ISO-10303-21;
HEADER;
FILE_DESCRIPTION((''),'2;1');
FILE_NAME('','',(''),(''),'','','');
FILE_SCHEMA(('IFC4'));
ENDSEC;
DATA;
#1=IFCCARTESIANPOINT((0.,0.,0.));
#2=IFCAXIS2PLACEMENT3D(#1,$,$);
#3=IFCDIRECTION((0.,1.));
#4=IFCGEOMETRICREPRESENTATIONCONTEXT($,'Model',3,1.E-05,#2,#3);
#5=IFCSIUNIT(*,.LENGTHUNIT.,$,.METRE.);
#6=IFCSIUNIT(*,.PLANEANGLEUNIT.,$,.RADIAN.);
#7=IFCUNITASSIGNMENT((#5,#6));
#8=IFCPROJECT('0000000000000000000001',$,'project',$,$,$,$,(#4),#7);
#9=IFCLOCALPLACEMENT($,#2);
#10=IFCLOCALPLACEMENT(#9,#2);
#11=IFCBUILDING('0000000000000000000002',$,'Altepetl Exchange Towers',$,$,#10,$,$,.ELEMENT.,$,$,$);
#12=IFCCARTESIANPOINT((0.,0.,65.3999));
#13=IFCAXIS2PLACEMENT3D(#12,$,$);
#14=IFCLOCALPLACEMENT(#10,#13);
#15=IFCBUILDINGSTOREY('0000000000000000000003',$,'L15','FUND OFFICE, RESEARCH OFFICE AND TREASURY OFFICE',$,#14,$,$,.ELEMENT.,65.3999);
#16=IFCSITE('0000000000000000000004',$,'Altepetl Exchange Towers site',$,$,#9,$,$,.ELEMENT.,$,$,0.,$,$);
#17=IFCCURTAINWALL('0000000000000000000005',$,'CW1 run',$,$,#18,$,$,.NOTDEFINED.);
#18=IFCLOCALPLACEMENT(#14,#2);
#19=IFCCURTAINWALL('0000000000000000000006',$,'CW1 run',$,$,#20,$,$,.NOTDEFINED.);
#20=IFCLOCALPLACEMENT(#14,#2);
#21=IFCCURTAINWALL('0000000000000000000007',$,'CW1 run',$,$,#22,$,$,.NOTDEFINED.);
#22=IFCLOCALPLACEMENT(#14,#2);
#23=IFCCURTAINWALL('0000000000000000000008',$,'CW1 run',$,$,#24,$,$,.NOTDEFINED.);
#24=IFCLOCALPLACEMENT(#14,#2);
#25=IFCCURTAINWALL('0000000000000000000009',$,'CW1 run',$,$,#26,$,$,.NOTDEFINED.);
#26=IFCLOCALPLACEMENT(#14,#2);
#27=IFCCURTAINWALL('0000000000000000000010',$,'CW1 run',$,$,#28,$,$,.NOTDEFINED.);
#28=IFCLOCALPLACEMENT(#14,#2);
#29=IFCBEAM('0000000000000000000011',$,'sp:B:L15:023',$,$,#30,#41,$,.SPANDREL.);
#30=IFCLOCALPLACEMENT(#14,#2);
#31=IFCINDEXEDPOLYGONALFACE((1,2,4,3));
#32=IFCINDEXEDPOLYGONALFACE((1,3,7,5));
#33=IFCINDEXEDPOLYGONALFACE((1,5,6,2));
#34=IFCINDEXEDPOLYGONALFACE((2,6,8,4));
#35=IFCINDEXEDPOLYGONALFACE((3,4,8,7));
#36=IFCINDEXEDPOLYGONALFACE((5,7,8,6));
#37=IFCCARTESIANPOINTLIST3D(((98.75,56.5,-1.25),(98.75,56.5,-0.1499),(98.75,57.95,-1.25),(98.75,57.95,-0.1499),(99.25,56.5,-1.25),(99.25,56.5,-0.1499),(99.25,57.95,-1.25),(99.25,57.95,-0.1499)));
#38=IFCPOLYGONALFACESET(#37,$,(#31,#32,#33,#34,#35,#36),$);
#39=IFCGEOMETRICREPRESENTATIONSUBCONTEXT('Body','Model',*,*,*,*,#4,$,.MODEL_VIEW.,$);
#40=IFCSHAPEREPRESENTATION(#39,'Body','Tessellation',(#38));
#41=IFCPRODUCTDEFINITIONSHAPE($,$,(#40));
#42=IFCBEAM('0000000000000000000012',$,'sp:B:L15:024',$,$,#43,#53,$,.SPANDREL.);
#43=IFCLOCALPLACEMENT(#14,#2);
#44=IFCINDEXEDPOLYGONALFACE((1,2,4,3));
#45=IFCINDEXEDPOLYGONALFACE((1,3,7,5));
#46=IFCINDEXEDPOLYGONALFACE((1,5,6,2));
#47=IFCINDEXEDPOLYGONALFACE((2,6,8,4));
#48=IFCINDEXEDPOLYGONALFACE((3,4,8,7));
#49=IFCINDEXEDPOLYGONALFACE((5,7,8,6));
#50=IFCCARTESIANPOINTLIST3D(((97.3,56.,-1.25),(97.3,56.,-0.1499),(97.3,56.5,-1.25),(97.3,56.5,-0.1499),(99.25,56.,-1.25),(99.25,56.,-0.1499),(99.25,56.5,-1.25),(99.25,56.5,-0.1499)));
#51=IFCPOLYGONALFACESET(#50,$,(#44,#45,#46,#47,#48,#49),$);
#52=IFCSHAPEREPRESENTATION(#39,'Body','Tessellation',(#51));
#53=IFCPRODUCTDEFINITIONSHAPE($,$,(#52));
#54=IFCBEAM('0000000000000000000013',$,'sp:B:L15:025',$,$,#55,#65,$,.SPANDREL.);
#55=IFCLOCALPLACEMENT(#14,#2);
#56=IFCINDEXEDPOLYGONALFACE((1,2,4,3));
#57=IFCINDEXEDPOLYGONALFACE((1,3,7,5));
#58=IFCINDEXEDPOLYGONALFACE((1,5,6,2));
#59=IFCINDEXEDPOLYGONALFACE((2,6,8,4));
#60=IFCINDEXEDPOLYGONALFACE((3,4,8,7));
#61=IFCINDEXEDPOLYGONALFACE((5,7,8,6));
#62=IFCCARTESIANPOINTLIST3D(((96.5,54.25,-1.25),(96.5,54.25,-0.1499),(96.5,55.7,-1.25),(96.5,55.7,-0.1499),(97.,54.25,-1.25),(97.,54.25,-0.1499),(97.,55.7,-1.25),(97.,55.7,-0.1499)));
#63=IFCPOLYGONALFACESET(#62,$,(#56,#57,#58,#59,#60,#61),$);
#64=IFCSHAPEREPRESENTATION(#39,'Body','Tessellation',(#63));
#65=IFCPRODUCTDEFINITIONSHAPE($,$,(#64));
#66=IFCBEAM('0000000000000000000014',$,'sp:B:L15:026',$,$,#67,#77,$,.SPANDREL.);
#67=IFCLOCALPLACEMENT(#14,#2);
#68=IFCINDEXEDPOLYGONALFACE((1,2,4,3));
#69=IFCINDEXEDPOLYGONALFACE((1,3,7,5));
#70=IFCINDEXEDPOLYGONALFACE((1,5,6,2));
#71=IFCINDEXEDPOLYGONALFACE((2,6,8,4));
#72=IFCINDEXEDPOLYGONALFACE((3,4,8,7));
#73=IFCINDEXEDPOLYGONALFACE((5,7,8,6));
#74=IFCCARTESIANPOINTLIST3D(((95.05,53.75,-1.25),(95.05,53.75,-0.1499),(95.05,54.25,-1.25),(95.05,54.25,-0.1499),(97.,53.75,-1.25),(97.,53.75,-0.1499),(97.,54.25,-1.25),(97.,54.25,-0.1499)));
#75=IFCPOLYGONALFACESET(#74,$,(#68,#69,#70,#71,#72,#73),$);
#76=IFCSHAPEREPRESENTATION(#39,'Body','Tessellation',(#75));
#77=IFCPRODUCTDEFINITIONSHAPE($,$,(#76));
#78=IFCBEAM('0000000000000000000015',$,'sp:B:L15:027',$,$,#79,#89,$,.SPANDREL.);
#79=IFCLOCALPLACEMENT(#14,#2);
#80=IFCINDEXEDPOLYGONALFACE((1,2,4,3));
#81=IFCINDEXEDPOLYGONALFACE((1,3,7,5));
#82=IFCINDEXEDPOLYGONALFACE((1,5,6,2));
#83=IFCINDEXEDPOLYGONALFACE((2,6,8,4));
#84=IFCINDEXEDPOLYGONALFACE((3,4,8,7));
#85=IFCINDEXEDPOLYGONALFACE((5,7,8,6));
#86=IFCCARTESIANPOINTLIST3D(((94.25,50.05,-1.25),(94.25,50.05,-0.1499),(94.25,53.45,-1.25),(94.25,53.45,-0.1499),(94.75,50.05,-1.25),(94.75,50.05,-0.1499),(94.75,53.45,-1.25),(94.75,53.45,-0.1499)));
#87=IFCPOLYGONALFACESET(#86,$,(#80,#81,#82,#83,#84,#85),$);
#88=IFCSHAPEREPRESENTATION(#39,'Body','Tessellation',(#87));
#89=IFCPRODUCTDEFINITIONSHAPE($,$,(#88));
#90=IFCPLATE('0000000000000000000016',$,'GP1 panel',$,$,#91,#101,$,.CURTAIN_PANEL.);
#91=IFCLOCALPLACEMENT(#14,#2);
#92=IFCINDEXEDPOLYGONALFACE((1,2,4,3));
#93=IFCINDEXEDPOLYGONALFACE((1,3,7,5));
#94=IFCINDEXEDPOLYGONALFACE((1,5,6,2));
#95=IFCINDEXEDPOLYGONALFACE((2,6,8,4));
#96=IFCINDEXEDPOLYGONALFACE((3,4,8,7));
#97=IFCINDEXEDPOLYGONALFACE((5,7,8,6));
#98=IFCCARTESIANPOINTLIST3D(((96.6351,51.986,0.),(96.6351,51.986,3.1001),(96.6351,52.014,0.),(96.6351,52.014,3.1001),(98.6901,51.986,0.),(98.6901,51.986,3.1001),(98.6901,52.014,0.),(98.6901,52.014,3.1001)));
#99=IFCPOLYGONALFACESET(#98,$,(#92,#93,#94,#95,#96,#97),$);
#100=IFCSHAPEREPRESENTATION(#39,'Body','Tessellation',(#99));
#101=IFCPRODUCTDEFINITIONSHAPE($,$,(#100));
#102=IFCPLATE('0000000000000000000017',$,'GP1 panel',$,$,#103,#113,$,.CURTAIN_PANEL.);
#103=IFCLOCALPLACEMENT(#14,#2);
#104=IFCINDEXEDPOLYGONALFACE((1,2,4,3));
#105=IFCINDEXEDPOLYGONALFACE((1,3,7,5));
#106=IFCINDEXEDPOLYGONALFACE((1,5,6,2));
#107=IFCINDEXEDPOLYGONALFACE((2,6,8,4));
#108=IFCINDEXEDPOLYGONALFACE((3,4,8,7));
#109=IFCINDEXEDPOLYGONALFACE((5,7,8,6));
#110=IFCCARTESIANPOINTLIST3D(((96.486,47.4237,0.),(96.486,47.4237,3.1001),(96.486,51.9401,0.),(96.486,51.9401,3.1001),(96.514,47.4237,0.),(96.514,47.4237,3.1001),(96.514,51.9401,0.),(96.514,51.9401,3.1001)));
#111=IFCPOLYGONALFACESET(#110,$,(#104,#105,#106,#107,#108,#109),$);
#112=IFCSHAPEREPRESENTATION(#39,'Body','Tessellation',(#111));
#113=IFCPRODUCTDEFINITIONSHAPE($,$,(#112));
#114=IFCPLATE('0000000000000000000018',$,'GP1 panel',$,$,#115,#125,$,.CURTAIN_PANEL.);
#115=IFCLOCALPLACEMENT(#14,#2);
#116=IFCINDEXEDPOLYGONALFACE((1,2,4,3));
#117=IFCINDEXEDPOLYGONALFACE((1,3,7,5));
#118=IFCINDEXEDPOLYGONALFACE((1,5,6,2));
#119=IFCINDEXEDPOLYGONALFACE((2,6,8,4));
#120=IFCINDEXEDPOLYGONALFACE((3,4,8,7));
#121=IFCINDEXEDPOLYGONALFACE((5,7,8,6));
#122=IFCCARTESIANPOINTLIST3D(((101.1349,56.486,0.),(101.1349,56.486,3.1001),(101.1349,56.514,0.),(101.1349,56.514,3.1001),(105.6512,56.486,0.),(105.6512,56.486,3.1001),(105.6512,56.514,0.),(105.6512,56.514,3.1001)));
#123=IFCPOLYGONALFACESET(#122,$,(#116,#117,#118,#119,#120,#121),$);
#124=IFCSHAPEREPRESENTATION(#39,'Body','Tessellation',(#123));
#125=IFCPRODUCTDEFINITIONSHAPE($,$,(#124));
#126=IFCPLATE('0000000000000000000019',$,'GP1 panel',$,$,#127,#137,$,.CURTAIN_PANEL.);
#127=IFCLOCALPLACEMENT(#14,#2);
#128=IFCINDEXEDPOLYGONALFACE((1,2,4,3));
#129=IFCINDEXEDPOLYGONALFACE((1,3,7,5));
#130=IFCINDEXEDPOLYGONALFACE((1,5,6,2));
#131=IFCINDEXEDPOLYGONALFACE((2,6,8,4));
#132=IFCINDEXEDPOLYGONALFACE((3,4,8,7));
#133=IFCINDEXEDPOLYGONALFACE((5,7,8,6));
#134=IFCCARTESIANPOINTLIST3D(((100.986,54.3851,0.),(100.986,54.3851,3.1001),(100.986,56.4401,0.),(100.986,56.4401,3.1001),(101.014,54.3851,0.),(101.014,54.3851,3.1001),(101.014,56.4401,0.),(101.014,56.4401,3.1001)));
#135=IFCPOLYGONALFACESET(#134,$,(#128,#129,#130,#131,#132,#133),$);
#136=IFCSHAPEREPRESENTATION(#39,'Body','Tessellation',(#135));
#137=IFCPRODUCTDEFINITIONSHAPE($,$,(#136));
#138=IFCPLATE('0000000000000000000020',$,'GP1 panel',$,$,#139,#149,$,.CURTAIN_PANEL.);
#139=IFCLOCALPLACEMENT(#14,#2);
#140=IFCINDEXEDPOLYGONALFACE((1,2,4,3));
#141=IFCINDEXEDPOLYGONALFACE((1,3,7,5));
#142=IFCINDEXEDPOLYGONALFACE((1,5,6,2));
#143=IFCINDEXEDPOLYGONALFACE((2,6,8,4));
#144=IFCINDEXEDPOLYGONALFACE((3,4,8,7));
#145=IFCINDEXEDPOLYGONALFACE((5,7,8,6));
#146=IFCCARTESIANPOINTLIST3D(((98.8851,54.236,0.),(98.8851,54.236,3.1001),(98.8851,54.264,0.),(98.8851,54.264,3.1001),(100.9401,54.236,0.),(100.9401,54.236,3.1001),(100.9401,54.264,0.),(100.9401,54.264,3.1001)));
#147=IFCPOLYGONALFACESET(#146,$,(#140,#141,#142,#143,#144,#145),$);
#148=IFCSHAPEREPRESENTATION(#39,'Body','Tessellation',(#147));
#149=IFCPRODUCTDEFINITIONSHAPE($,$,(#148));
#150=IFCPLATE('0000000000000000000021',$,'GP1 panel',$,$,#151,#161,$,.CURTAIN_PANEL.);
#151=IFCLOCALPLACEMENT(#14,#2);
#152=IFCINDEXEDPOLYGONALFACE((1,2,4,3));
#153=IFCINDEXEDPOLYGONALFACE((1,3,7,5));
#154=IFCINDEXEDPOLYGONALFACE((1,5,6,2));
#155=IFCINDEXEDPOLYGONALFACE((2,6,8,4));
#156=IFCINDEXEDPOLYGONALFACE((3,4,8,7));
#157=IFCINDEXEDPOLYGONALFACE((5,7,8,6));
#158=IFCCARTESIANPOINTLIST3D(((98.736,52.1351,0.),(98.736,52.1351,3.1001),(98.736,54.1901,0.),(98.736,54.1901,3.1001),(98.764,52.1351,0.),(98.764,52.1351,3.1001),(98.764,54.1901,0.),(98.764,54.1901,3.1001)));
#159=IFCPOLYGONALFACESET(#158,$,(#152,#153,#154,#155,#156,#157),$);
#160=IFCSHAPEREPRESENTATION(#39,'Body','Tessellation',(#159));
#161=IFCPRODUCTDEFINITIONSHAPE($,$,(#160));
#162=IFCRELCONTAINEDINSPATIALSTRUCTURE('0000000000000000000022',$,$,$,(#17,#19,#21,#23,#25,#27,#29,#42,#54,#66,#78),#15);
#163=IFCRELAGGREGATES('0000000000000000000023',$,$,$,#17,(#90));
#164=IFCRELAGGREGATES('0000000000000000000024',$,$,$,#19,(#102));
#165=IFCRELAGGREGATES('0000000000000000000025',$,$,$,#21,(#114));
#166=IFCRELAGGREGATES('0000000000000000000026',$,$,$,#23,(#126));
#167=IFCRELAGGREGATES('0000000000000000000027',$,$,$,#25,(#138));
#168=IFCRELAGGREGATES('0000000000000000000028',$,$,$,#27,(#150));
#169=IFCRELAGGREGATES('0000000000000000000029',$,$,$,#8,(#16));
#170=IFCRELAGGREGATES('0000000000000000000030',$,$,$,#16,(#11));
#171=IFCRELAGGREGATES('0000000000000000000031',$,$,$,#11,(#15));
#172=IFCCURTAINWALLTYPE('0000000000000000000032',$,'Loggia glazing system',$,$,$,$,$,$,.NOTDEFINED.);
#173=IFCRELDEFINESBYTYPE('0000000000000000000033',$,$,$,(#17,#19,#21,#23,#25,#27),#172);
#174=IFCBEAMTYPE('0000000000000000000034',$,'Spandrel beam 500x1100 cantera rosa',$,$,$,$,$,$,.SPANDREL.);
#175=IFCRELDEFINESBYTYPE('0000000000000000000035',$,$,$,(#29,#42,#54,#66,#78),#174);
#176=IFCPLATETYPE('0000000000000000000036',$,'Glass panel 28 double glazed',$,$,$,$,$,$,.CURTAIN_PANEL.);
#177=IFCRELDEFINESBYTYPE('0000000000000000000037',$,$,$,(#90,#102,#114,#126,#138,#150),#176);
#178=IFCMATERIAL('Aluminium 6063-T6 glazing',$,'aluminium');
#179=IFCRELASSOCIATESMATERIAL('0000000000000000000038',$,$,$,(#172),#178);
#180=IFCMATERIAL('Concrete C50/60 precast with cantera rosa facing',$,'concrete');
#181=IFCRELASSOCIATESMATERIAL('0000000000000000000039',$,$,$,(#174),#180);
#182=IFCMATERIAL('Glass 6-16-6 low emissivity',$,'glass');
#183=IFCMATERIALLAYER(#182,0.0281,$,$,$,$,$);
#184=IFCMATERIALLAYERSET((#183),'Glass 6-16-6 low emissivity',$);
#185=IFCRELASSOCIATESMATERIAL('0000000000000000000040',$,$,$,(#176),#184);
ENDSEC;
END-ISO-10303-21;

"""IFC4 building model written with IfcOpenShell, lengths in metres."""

from ifc_helpers import new_model, si_unit, direction, frame, origin, origin_2d, place, context, subcontext, project, spatial, rectangle, extrude, material, layer, layer_set, material_profile, profile_set, type_object, element, aggregate, save


model = new_model("IFC4")

# Units and contexts
model_context = context("Model", 3, precision=1e-05, world=origin(), true_north=direction((0.0, 1.0)))
body_context = subcontext(model_context, "Body", "Model", "MODEL_VIEW")
ifc_project = project(units=[si_unit("LENGTHUNIT", "METRE"), si_unit("PLANEANGLEUNIT", "RADIAN")], contexts=[model_context])

# Site, building, storey
site_placement = place(None, origin())
site = spatial("IfcSite", under=ifc_project, at=site_placement, Name="Altepetl Exchange Towers site", CompositionType="ELEMENT", RefElevation=0.0)
building_placement = place(site_placement, origin())
building = spatial("IfcBuilding", under=site, at=building_placement, Name="Altepetl Exchange Towers", CompositionType="ELEMENT")
storey_placement = place(building_placement, frame((0.0, 0.0, 65.3999)))
storey = spatial("IfcBuildingStorey", under=building, at=storey_placement, Name="L15", Description="FUND OFFICE, RESEARCH OFFICE AND TREASURY OFFICE", CompositionType="ELEMENT", Elevation=65.3999)

# Curtain walls
ifc_material_1 = material(Name="Aluminium 6063-T6 glazing", Category="aluminium")
curtain_wall_type = type_object("IfcCurtainWallType", Name="Loggia glazing system", PredefinedType="NOTDEFINED", material=ifc_material_1)
curtain_wall_1_placement = place(storey_placement, origin())
curtain_wall_1 = element("IfcCurtainWall", 1, at=curtain_wall_1_placement, inside=storey, type_object=curtain_wall_type, Name="CW1 run", PredefinedType="NOTDEFINED")
curtain_wall_2_placement = place(storey_placement, origin())
curtain_wall_2 = element("IfcCurtainWall", 2, at=curtain_wall_2_placement, inside=storey, type_object=curtain_wall_type, Name="CW1 run", PredefinedType="NOTDEFINED")

# Curtain wall
curtain_wall_3_placement = place(storey_placement, origin())
curtain_wall_3 = element("IfcCurtainWall", 3, at=curtain_wall_3_placement, inside=storey, type_object=curtain_wall_type, Name="CW1 run", PredefinedType="NOTDEFINED")

# Curtain walls
curtain_wall_4_placement = place(storey_placement, origin())
curtain_wall_4 = element("IfcCurtainWall", 4, at=curtain_wall_4_placement, inside=storey, type_object=curtain_wall_type, Name="CW1 run", PredefinedType="NOTDEFINED")
curtain_wall_5_placement = place(storey_placement, origin())
curtain_wall_5 = element("IfcCurtainWall", 5, at=curtain_wall_5_placement, inside=storey, type_object=curtain_wall_type, Name="CW1 run", PredefinedType="NOTDEFINED")
curtain_wall_6_placement = place(storey_placement, origin())
curtain_wall_6 = element("IfcCurtainWall", 6, at=curtain_wall_6_placement, inside=storey, type_object=curtain_wall_type, Name="CW1 run", PredefinedType="NOTDEFINED")

# Beams
ifc_material_2 = material(Name="Concrete C50/60 precast with cantera rosa facing", Category="concrete")
ifc_material_profile_1 = material_profile(ifc_material_2, rectangle(XDim=0.5, YDim=1.1001, at=origin_2d()), Name="500 x 1100")
ifc_profile_set_1 = profile_set([ifc_material_profile_1], Name="Concrete C50/60 precast with cantera rosa facing")
beam_type_1 = type_object("IfcBeamType", Name="Spandrel beam 500x1100 cantera rosa", PredefinedType="SPANDREL", material=ifc_profile_set_1)
beam_1_placement = place(storey_placement, frame((99.0, 57.95, -0.7), z_axis=(0.0, -1.0, 0.0), x_axis=(1.0, 0.0, 0.0)))
element("IfcBeam", 7, at=beam_1_placement, inside=storey, type_object=beam_type_1, Name="sp:B:L15:023", PredefinedType="SPANDREL", context=body_context, shape_type="SweptSolid", body=[
    extrude(rectangle(XDim=0.5, YDim=1.1001, at=origin_2d()), origin(), (0.0, 0.0, 1.0), 1.45),
])
beam_2_placement = place(storey_placement, frame((99.25, 56.25, -0.7), z_axis=(-1.0, 0.0, 0.0), x_axis=(0.0, -1.0, 0.0)))
element("IfcBeam", 8, at=beam_2_placement, inside=storey, type_object=beam_type_1, Name="sp:B:L15:024", PredefinedType="SPANDREL", context=body_context, shape_type="SweptSolid", body=[
    extrude(rectangle(XDim=0.5, YDim=1.1001, at=origin_2d()), origin(), (0.0, 0.0, 1.0), 1.95),
])
beam_3_placement = place(storey_placement, frame((96.75, 55.7, -0.7), z_axis=(0.0, -1.0, 0.0), x_axis=(1.0, 0.0, 0.0)))
element("IfcBeam", 9, at=beam_3_placement, inside=storey, type_object=beam_type_1, Name="sp:B:L15:025", PredefinedType="SPANDREL", context=body_context, shape_type="SweptSolid", body=[
    extrude(rectangle(XDim=0.5, YDim=1.1001, at=origin_2d()), origin(), (0.0, 0.0, 1.0), 1.45),
])
beam_4_placement = place(storey_placement, frame((97.0, 54.0, -0.7), z_axis=(-1.0, 0.0, 0.0), x_axis=(0.0, -1.0, 0.0)))
element("IfcBeam", 10, at=beam_4_placement, inside=storey, type_object=beam_type_1, Name="sp:B:L15:026", PredefinedType="SPANDREL", context=body_context, shape_type="SweptSolid", body=[
    extrude(rectangle(XDim=0.5, YDim=1.1001, at=origin_2d()), origin(), (0.0, 0.0, 1.0), 1.95),
])
beam_5_placement = place(storey_placement, frame((94.5, 53.45, -0.7), z_axis=(0.0, -1.0, 0.0), x_axis=(1.0, 0.0, 0.0)))
element("IfcBeam", 11, at=beam_5_placement, inside=storey, type_object=beam_type_1, Name="sp:B:L15:027", PredefinedType="SPANDREL", context=body_context, shape_type="SweptSolid", body=[
    extrude(rectangle(XDim=0.5, YDim=1.1001, at=origin_2d()), origin(), (0.0, 0.0, 1.0), 3.3999),
])

# Plates
ifc_material_3 = material(Name="Glass 6-16-6 low emissivity", Category="glass")
ifc_layer_1 = layer(ifc_material_3, 0.0281)
ifc_layer_set_1 = layer_set([ifc_layer_1], Name="Glass 6-16-6 low emissivity")
plate_type = type_object("IfcPlateType", Name="Glass panel 28 double glazed", PredefinedType="CURTAIN_PANEL", material=ifc_layer_set_1)
plate_1_placement = place(storey_placement, frame((97.6626, 52.0, 0.0), z_axis=(0.0, 0.0, 1.0), x_axis=(-1.0, 0.0, 0.0)))
plate_1 = element("IfcPlate", 12, at=plate_1_placement, type_object=plate_type, Name="GP1 panel", PredefinedType="CURTAIN_PANEL", context=body_context, shape_type="SweptSolid", body=[
    extrude(rectangle(XDim=2.0549, YDim=0.0281, at=origin_2d()), origin(), (0.0, 0.0, 1.0), 3.1001),
])
aggregate(curtain_wall_1, [plate_1])
plate_2_placement = place(storey_placement, frame((96.5, 49.6819, 0.0), z_axis=(0.0, 0.0, 1.0), x_axis=(0.0, -1.0, 0.0)))
plate_2 = element("IfcPlate", 13, at=plate_2_placement, type_object=plate_type, Name="GP1 panel", PredefinedType="CURTAIN_PANEL", context=body_context, shape_type="SweptSolid", body=[
    extrude(rectangle(XDim=4.5164, YDim=0.0281, at=origin_2d()), origin(), (0.0, 0.0, 1.0), 3.1001),
])
aggregate(curtain_wall_2, [plate_2])
plate_3_placement = place(storey_placement, frame((103.3931, 56.5, 0.0), z_axis=(0.0, 0.0, 1.0), x_axis=(-1.0, 0.0, 0.0)))
plate_3 = element("IfcPlate", 14, at=plate_3_placement, type_object=plate_type, Name="GP1 panel", PredefinedType="CURTAIN_PANEL", context=body_context, shape_type="SweptSolid", body=[
    extrude(rectangle(XDim=4.5164, YDim=0.0281, at=origin_2d()), origin(), (0.0, 0.0, 1.0), 3.1001),
])
aggregate(curtain_wall_3, [plate_3])
plate_4_placement = place(storey_placement, frame((101.0, 55.4126, 0.0), z_axis=(0.0, 0.0, 1.0), x_axis=(0.0, -1.0, 0.0)))
plate_4 = element("IfcPlate", 15, at=plate_4_placement, type_object=plate_type, Name="GP1 panel", PredefinedType="CURTAIN_PANEL", context=body_context, shape_type="SweptSolid", body=[
    extrude(rectangle(XDim=2.0549, YDim=0.0281, at=origin_2d()), origin(), (0.0, 0.0, 1.0), 3.1001),
])
aggregate(curtain_wall_4, [plate_4])
plate_5_placement = place(storey_placement, frame((99.9126, 54.25, 0.0), z_axis=(0.0, 0.0, 1.0), x_axis=(-1.0, 0.0, 0.0)))
plate_5 = element("IfcPlate", 16, at=plate_5_placement, type_object=plate_type, Name="GP1 panel", PredefinedType="CURTAIN_PANEL", context=body_context, shape_type="SweptSolid", body=[
    extrude(rectangle(XDim=2.0549, YDim=0.0281, at=origin_2d()), origin(), (0.0, 0.0, 1.0), 3.1001),
])
aggregate(curtain_wall_5, [plate_5])
plate_6_placement = place(storey_placement, frame((98.75, 53.1626, 0.0), z_axis=(0.0, 0.0, 1.0), x_axis=(0.0, -1.0, 0.0)))
plate_6 = element("IfcPlate", 17, at=plate_6_placement, type_object=plate_type, Name="GP1 panel", PredefinedType="CURTAIN_PANEL", context=body_context, shape_type="SweptSolid", body=[
    extrude(rectangle(XDim=2.0549, YDim=0.0281, at=origin_2d()), origin(), (0.0, 0.0, 1.0), 3.1001),
])
aggregate(curtain_wall_6, [plate_6])

save(model, "model.ifc")
